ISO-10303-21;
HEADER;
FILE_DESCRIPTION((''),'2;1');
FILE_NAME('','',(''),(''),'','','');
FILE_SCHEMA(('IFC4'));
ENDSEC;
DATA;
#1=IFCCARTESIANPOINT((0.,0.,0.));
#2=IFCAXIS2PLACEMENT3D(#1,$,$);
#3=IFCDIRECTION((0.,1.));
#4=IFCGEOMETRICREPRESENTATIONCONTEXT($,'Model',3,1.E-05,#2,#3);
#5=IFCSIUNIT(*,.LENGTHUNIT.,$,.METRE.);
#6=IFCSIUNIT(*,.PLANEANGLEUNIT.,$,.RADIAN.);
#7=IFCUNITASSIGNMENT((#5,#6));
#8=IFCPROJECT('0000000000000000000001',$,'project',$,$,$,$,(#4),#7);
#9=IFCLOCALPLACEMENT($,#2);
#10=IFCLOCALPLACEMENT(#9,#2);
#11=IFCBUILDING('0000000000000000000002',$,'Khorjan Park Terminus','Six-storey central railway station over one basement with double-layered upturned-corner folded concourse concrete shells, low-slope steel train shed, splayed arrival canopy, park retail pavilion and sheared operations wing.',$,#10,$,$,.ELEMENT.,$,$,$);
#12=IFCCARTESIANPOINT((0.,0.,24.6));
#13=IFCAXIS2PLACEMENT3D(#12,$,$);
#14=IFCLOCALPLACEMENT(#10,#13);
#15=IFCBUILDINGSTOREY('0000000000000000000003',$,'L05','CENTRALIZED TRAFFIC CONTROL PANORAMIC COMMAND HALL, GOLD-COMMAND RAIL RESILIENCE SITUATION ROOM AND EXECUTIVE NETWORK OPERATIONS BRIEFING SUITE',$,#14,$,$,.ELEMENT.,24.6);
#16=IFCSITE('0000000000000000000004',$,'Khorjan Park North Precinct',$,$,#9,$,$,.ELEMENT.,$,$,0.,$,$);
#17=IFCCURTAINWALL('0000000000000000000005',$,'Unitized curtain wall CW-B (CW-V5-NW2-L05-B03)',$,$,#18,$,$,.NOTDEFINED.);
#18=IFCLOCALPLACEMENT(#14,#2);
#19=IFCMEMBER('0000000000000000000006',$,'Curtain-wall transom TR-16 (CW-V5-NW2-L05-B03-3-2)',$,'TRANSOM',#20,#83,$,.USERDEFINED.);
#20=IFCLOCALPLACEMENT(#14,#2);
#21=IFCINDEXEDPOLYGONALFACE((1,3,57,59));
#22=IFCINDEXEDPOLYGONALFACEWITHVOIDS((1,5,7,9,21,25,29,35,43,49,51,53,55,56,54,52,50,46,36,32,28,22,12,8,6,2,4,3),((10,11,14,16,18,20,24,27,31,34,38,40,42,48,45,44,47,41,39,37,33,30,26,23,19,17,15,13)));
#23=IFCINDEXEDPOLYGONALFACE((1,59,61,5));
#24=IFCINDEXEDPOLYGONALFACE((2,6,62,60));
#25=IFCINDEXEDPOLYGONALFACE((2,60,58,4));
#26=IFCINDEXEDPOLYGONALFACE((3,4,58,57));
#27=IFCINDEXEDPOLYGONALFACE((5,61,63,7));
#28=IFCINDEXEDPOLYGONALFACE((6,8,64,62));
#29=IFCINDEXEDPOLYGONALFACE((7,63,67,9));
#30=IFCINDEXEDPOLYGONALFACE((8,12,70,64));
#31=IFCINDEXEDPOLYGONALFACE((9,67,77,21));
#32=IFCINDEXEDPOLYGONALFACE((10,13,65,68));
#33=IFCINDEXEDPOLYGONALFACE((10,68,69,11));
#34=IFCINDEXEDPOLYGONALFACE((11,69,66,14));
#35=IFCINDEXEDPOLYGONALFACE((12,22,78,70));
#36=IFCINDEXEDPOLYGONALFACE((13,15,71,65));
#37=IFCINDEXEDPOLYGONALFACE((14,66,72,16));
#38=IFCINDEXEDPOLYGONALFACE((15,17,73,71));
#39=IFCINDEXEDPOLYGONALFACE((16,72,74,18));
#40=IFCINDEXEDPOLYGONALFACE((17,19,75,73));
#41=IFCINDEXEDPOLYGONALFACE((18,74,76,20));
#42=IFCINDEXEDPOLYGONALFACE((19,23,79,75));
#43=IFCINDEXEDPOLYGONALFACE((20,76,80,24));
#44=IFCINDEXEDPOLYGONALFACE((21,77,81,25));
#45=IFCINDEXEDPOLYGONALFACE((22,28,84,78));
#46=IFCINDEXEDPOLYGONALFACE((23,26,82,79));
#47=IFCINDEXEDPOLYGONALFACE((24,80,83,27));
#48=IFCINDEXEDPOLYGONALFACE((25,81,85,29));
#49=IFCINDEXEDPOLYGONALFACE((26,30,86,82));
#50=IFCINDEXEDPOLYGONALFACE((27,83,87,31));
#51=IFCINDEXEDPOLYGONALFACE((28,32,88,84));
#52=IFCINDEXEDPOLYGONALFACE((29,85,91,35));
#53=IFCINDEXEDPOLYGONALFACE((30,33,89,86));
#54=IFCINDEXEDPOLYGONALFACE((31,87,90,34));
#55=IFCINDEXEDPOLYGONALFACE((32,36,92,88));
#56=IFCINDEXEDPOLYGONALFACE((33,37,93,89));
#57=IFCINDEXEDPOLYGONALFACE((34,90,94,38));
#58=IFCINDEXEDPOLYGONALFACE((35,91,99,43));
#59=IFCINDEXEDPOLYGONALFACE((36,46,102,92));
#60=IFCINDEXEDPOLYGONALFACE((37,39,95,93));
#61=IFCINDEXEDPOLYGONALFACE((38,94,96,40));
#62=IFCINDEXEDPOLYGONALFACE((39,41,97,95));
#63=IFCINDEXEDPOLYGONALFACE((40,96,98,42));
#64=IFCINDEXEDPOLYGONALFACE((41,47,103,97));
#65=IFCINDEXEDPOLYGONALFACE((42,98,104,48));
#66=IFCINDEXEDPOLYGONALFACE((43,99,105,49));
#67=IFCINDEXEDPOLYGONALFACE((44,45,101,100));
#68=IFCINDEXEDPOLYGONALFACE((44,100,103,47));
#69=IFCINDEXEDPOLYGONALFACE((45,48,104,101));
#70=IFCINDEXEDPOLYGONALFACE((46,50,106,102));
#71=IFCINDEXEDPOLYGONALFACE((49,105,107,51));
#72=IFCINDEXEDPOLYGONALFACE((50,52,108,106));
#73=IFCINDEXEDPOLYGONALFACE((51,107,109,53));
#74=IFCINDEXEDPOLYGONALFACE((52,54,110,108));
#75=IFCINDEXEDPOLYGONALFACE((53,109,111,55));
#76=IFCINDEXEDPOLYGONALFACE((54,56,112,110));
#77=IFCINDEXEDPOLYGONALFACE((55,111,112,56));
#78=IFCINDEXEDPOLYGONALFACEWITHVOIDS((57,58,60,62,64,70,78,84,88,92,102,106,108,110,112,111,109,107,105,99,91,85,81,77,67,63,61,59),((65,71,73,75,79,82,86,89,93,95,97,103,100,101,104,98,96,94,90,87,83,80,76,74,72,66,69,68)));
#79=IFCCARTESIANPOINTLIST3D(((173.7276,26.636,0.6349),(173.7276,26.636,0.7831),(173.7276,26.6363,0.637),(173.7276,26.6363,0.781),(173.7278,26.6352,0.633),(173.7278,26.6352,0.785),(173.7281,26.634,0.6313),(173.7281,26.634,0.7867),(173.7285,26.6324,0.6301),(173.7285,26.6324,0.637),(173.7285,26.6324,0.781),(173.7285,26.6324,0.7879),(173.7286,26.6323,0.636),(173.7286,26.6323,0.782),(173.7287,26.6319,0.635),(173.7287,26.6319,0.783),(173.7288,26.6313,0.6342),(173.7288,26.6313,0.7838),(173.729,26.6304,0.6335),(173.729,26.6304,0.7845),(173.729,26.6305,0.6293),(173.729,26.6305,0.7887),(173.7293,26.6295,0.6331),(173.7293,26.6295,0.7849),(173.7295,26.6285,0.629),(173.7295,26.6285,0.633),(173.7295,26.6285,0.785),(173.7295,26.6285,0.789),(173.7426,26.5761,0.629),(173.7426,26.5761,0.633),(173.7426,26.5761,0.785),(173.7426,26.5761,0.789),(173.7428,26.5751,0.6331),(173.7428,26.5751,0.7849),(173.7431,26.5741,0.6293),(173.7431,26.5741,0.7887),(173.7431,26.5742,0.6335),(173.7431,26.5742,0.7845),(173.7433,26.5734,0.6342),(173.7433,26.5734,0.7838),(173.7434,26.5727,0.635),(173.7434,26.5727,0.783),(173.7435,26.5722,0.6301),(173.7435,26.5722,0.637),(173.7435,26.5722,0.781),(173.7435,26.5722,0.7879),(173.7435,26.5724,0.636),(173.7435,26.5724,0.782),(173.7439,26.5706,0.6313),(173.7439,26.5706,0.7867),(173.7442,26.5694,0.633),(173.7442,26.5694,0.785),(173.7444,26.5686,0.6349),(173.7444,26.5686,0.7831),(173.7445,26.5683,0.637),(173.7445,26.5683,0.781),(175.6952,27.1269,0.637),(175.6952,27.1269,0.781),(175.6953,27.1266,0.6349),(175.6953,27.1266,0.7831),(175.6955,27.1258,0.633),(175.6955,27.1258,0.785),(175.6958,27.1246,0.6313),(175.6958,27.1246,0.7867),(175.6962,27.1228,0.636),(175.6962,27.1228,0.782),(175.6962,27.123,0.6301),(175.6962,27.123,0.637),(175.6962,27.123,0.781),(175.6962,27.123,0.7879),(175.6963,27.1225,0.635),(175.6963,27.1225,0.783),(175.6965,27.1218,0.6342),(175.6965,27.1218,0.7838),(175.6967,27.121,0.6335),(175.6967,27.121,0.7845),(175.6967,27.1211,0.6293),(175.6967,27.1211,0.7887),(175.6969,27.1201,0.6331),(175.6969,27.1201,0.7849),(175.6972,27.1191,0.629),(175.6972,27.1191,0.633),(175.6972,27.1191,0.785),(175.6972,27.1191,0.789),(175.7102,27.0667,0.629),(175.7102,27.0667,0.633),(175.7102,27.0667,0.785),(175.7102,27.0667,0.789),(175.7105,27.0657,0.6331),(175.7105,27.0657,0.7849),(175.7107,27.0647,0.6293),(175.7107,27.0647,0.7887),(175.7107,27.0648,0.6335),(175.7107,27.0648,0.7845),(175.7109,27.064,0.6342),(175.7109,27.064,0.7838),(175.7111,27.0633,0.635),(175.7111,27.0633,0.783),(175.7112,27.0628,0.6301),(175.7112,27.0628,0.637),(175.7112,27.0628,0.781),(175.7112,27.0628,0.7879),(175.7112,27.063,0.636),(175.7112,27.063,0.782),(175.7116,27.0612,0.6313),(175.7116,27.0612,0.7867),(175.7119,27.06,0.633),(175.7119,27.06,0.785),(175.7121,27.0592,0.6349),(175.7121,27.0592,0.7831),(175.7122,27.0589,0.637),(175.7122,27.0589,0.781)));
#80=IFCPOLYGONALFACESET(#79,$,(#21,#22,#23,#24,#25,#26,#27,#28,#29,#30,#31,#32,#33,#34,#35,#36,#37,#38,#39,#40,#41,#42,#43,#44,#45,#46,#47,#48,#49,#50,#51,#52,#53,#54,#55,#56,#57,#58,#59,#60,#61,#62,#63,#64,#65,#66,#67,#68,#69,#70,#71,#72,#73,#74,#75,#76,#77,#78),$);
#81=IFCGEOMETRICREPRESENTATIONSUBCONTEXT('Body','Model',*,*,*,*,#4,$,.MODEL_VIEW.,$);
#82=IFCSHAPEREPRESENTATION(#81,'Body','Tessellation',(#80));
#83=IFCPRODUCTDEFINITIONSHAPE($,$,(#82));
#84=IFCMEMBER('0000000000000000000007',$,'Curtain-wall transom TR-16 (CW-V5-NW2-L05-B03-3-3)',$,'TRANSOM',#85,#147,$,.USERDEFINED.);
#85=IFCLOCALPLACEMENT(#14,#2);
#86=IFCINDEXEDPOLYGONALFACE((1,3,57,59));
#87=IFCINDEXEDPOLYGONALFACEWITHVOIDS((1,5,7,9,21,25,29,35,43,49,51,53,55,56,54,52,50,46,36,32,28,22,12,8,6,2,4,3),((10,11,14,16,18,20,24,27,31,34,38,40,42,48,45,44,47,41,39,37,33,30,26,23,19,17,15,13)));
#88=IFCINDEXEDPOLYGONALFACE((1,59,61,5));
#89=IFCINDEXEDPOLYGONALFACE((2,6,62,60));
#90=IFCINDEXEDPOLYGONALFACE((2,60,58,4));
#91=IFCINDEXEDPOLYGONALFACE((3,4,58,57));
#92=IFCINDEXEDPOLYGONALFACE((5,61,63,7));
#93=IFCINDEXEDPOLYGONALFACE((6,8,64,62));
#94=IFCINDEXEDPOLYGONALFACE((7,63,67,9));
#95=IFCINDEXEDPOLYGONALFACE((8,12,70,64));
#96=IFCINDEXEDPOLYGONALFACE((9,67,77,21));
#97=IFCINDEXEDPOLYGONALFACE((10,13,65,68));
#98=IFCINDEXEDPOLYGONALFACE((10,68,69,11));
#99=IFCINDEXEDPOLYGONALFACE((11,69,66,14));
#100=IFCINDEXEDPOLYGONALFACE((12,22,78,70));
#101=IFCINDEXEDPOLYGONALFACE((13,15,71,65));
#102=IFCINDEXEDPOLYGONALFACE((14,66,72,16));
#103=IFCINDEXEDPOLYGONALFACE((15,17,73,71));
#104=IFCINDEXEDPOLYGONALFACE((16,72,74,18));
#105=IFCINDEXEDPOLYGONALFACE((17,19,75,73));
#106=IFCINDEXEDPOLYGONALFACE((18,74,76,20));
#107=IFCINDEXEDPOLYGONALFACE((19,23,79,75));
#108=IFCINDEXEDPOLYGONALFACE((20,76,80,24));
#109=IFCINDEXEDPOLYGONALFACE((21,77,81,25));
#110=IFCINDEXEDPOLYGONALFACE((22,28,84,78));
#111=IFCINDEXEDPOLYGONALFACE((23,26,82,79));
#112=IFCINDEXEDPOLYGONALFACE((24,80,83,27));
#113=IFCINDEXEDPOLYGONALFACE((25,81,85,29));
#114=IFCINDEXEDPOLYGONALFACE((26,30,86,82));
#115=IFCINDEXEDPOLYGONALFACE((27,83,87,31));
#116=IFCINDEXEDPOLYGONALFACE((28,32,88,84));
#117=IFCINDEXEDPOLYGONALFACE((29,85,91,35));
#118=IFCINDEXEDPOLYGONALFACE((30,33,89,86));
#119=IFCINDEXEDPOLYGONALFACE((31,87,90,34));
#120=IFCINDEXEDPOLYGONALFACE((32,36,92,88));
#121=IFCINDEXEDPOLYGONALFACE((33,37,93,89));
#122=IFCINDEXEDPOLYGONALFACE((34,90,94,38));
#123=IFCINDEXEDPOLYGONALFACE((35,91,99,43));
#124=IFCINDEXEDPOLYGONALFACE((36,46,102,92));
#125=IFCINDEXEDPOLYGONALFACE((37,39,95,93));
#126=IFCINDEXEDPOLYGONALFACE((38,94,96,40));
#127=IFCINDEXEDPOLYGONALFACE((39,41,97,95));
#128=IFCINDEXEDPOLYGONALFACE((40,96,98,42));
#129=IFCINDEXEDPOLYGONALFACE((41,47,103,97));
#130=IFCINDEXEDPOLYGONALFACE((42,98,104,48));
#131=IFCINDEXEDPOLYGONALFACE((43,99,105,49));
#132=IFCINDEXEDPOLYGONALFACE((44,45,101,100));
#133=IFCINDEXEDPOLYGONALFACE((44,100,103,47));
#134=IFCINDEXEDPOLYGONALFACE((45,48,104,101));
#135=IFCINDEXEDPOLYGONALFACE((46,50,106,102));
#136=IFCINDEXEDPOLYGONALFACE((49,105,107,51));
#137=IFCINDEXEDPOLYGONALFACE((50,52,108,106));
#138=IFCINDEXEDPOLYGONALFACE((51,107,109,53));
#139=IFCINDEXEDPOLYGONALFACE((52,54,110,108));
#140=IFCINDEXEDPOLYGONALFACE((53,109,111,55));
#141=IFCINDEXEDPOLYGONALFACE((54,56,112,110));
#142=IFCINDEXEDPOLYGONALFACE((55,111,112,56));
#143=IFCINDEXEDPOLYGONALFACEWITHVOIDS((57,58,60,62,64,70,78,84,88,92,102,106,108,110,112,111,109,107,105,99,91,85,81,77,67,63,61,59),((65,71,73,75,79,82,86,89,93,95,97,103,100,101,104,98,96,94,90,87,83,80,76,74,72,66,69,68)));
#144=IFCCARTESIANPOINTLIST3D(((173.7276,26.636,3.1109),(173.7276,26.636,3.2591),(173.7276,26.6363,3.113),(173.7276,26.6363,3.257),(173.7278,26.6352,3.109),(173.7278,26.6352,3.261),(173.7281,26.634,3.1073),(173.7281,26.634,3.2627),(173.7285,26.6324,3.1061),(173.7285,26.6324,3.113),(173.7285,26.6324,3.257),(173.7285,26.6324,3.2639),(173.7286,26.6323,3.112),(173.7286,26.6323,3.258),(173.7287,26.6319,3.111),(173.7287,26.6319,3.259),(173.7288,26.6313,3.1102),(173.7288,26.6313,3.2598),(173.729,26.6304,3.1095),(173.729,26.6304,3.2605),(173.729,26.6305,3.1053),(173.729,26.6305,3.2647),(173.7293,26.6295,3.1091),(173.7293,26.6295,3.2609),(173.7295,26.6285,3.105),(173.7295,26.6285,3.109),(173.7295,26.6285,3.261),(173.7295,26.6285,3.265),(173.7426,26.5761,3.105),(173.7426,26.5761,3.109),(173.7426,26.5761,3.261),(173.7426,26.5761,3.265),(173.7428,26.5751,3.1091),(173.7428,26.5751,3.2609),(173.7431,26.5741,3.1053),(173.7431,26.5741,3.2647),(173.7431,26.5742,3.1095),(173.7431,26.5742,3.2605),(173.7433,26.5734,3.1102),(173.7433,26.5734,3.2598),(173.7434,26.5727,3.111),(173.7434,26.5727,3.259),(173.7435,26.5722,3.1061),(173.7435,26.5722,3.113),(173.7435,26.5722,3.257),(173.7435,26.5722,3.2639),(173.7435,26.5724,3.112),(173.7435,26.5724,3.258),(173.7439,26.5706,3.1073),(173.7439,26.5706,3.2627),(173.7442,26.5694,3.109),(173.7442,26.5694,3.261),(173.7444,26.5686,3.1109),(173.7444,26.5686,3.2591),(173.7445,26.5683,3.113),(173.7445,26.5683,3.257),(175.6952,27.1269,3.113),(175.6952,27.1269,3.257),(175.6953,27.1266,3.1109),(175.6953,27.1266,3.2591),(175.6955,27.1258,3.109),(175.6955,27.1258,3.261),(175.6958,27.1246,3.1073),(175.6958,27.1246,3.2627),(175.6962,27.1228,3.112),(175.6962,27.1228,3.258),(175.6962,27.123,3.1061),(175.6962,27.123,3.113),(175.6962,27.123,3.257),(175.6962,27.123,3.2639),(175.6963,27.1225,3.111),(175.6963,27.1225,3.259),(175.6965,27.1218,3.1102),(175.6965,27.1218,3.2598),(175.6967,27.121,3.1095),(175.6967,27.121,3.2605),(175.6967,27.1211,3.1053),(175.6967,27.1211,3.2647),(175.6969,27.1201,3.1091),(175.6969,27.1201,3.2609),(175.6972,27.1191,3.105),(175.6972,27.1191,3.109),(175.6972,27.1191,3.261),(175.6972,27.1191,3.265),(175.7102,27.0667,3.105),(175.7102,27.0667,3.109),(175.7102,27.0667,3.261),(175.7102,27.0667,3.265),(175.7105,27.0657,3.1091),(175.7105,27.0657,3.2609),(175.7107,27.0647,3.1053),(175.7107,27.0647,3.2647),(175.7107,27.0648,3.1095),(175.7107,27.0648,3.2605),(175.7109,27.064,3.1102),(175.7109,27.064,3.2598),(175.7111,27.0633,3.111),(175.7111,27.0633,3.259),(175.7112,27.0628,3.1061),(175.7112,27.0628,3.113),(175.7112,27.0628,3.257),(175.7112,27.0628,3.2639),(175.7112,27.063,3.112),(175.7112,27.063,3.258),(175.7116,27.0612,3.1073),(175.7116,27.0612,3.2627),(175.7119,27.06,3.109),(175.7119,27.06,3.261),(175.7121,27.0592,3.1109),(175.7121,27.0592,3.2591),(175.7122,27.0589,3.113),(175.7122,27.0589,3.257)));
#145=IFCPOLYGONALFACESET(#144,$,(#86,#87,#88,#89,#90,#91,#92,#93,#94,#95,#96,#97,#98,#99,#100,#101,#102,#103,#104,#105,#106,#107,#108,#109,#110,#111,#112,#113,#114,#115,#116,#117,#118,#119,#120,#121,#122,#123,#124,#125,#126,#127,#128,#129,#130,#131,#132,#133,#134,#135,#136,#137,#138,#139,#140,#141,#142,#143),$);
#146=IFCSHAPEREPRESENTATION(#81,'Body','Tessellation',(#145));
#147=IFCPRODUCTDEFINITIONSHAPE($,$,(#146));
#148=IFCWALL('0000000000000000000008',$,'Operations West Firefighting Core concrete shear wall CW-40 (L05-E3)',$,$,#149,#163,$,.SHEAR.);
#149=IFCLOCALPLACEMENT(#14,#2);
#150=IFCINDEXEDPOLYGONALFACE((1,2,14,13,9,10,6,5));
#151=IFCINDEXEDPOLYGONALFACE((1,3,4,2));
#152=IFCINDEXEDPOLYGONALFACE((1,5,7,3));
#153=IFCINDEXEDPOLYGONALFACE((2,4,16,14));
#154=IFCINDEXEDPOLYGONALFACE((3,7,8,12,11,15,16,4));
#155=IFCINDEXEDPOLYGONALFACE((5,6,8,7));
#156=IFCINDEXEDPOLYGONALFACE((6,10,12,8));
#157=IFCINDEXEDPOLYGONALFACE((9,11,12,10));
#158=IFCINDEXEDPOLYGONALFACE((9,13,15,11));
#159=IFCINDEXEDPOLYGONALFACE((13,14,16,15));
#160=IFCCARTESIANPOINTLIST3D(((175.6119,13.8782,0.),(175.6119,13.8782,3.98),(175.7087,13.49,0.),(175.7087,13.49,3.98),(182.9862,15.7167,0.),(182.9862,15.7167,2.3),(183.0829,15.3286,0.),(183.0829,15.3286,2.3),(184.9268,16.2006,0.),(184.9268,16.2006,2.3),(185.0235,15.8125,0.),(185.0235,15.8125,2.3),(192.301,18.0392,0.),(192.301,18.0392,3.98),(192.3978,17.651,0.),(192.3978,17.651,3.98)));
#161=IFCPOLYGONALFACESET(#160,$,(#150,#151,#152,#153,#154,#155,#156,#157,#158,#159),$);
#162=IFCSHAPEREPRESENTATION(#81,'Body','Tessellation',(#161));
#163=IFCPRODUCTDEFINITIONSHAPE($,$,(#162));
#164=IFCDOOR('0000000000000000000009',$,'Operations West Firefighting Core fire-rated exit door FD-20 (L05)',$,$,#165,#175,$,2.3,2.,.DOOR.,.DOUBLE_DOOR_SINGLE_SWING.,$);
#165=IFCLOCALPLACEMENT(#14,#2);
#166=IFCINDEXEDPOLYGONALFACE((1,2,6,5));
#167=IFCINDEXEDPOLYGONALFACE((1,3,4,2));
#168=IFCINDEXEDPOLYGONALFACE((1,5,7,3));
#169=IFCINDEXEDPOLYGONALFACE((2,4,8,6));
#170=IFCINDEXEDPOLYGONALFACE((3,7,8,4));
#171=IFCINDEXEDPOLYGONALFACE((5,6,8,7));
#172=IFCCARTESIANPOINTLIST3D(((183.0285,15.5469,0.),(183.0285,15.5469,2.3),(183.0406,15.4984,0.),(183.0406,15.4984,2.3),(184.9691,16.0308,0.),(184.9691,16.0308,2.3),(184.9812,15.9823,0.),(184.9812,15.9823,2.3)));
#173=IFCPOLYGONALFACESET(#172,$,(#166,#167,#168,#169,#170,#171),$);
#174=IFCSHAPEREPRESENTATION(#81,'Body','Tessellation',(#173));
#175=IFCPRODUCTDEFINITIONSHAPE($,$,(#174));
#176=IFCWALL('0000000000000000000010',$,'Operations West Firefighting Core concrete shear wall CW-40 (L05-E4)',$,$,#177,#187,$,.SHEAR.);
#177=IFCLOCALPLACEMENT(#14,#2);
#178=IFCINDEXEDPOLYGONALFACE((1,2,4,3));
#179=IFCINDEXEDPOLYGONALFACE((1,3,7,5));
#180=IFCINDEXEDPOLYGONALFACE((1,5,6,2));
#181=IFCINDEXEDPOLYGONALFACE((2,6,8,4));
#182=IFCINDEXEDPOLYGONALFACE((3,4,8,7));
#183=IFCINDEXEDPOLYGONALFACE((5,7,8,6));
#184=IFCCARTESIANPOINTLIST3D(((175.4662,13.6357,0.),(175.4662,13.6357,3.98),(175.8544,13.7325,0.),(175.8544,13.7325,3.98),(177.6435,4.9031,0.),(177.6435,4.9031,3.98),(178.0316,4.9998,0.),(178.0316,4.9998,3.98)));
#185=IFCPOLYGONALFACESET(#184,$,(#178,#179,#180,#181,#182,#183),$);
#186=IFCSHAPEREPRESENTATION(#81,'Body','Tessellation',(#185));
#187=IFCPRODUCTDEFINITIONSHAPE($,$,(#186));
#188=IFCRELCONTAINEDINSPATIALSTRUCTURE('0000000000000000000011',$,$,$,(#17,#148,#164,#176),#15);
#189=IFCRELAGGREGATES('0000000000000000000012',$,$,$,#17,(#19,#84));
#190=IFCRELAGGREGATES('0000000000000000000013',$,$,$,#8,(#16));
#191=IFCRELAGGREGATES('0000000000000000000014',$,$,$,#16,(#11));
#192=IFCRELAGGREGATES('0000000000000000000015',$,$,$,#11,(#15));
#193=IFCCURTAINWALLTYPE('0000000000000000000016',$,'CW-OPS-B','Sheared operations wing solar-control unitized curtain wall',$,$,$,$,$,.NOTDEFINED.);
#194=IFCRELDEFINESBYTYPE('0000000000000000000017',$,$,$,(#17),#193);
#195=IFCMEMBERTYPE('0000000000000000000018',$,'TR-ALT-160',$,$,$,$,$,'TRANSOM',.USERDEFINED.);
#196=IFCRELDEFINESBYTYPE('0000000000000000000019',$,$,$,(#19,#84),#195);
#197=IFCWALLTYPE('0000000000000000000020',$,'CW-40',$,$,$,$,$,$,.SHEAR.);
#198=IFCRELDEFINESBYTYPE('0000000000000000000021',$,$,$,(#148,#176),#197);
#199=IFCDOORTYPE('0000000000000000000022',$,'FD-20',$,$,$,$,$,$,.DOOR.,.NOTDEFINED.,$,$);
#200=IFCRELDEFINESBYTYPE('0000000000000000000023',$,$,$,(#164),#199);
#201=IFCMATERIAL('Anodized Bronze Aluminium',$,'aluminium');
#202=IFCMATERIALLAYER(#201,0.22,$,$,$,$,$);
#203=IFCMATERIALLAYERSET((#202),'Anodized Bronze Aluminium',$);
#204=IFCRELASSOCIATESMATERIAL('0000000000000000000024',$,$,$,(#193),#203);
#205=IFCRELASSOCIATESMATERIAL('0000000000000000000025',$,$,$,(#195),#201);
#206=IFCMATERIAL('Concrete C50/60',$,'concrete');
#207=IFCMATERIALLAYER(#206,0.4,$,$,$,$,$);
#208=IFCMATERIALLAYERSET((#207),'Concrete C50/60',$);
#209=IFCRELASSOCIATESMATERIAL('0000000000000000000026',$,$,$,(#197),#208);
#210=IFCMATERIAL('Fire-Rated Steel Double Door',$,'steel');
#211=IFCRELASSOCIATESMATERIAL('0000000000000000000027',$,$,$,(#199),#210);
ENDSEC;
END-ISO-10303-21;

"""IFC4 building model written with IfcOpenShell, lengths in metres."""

from ifc_helpers import new_model, si_unit, direction, frame, frame_2d, origin, origin_2d, place, context, subcontext, project, spatial, rectangle, hollow_rectangle, extrude, material, layer, layer_set, material_profile, profile_set, type_object, element, fill, aggregate, save


model = new_model("IFC4")

# Units and contexts
model_context = context("Model", 3, precision=1e-05, world=origin(), true_north=direction((0.0, 1.0)))
body_context = subcontext(model_context, "Body", "Model", "MODEL_VIEW")
ifc_project = project(units=[si_unit("LENGTHUNIT", "METRE"), si_unit("PLANEANGLEUNIT", "RADIAN")], contexts=[model_context])

# Site, building, storey
site_placement = place(None, origin())
site = spatial("IfcSite", under=ifc_project, at=site_placement, Name="Khorjan Park North Precinct", CompositionType="ELEMENT", RefElevation=0.0)
building_placement = place(site_placement, origin())
building = spatial("IfcBuilding", under=site, at=building_placement, Name="Khorjan Park Terminus", Description="Six-storey central railway station over one basement with double-layered upturned-corner folded concourse concrete shells, low-slope steel train shed, splayed arrival canopy, park retail pavilion and sheared operations wing.", CompositionType="ELEMENT")
storey_placement = place(building_placement, frame((0.0, 0.0, 24.6)))
storey = spatial("IfcBuildingStorey", under=building, at=storey_placement, Name="L05", Description="CENTRALIZED TRAFFIC CONTROL PANORAMIC COMMAND HALL, GOLD-COMMAND RAIL RESILIENCE SITUATION ROOM AND EXECUTIVE NETWORK OPERATIONS BRIEFING SUITE", CompositionType="ELEMENT", Elevation=24.6)

# Shared definitions
ifc_material_1 = material(Name="Concrete C50/60", Category="concrete")

# Curtain wall, members
ifc_material_2 = material(Name="Anodized Bronze Aluminium", Category="aluminium")
ifc_layer_1 = layer(ifc_material_2, 0.22)
ifc_layer_set_1 = layer_set([ifc_layer_1], Name="Anodized Bronze Aluminium")
curtain_wall_type = type_object("IfcCurtainWallType", Name="CW-OPS-B", Description="Sheared operations wing solar-control unitized curtain wall", PredefinedType="NOTDEFINED", material=ifc_layer_set_1)
curtain_wall_placement = place(storey_placement, origin())
curtain_wall = element("IfcCurtainWall", 1, at=curtain_wall_placement, inside=storey, type_object=curtain_wall_type, Name="Unitized curtain wall CW-B (CW-V5-NW2-L05-B03)", PredefinedType="NOTDEFINED")
ifc_material_profile_1 = material_profile(ifc_material_2, hollow_rectangle(XDim=0.07, YDim=0.16, WallThickness=0.004, InnerFilletRadius=0.004, OuterFilletRadius=0.008, at=origin_2d()), Name="ALT 70x160x4")
ifc_profile_set_1 = profile_set([ifc_material_profile_1], Name="Anodized Bronze Aluminium")
member_type_1 = type_object("IfcMemberType", Name="TR-ALT-160", ElementType="TRANSOM", PredefinedType="USERDEFINED", material=ifc_profile_set_1)
member_1_placement = place(storey_placement, frame((175.7037, 27.0929, 0.709), z_axis=(-0.970296, -0.241921, 0.0), x_axis=(0.241921, -0.970296, 0.0)))
member_1 = element("IfcMember", 2, at=member_1_placement, type_object=member_type_1, Name="Curtain-wall transom TR-16 (CW-V5-NW2-L05-B03-3-2)", ObjectType="TRANSOM", PredefinedType="USERDEFINED", context=body_context, shape_type="SweptSolid", body=[
    extrude(hollow_rectangle(XDim=0.07, YDim=0.16, WallThickness=0.004, InnerFilletRadius=0.004, OuterFilletRadius=0.008, at=origin_2d()), origin(), (0.0, 0.0, 1.0), 2.0279),
])
member_2_placement = place(storey_placement, frame((175.7037, 27.0929, 3.185), z_axis=(-0.970296, -0.241921, 0.0), x_axis=(0.241921, -0.970296, 0.0)))
member_2 = element("IfcMember", 3, at=member_2_placement, type_object=member_type_1, Name="Curtain-wall transom TR-16 (CW-V5-NW2-L05-B03-3-3)", ObjectType="TRANSOM", PredefinedType="USERDEFINED", context=body_context, shape_type="SweptSolid", body=[
    extrude(hollow_rectangle(XDim=0.07, YDim=0.16, WallThickness=0.004, InnerFilletRadius=0.004, OuterFilletRadius=0.008, at=origin_2d()), origin(), (0.0, 0.0, 1.0), 2.0279),
])
aggregate(curtain_wall, [member_1, member_2])

# Wall, opening, door
ifc_layer_2 = layer(ifc_material_1, 0.4)
ifc_layer_set_2 = layer_set([ifc_layer_2], Name="Concrete C50/60")
wall_type_1 = type_object("IfcWallType", Name="CW-40", PredefinedType="SHEAR", material=ifc_layer_set_2)
wall_1_placement = place(storey_placement, frame((192.3494, 17.8451, 0.0), z_axis=(0.0, 0.0, 1.0), x_axis=(-0.970297, -0.241919, 0.0)))
wall_1 = element("IfcWall", 4, at=wall_1_placement, inside=storey, type_object=wall_type_1, Name="Operations West Firefighting Core concrete shear wall CW-40 (L05-E3)", PredefinedType="SHEAR", context=body_context, shape_type="SweptSolid", body=[
    extrude(rectangle(XDim=17.2, YDim=0.4, at=frame_2d((8.6, 0.0))), origin(), (0.0, 0.0, 1.0), 3.98),
])
opening_1_placement = place(wall_1_placement, frame((7.6, 0.0, 0.0)))
opening_1 = element("IfcOpeningElement", 5, at=opening_1_placement, cuts=wall_1, PredefinedType="OPENING", context=body_context, shape_type="SweptSolid", body=[
    extrude(rectangle(XDim=2.0, YDim=2.3, at=frame_2d((1.0, 1.15))), frame((0.0, 0.21, 0.0), z_axis=(0.0, -1.0, 0.0), x_axis=(1.0, 0.0, 0.0)), (0.0, 0.0, 1.0), 0.42),
])
ifc_material_3 = material(Name="Fire-Rated Steel Double Door", Category="steel")
door_type_1 = type_object("IfcDoorType", Name="FD-20", OperationType="NOTDEFINED", PredefinedType="DOOR", material=ifc_material_3)
door_1_placement = place(opening_1_placement, origin())
door_1 = element("IfcDoor", 6, at=door_1_placement, inside=storey, type_object=door_type_1, Name="Operations West Firefighting Core fire-rated exit door FD-20 (L05)", OperationType="DOUBLE_DOOR_SINGLE_SWING", OverallHeight=2.3, OverallWidth=2.0, PredefinedType="DOOR", context=body_context, shape_type="SweptSolid", body=[
    extrude(rectangle(XDim=2.0, YDim=2.3, at=frame_2d((1.0, 1.15))), frame((0.0, 0.025, 0.0), z_axis=(0.0, -1.0, 0.0), x_axis=(1.0, 0.0, 0.0)), (0.0, 0.0, 1.0), 0.05),
])
fill(opening_1, door_1)

# Wall
wall_2_placement = place(storey_placement, frame((175.6603, 13.6841, 0.0), z_axis=(0.0, 0.0, 1.0), x_axis=(0.241921, -0.970296, 0.0)))
element("IfcWall", 7, at=wall_2_placement, inside=storey, type_object=wall_type_1, Name="Operations West Firefighting Core concrete shear wall CW-40 (L05-E4)", PredefinedType="SHEAR", context=body_context, shape_type="SweptSolid", body=[
    extrude(rectangle(XDim=9.0, YDim=0.4, at=frame_2d((4.5, 0.0))), origin(), (0.0, 0.0, 1.0), 3.98),
])

save(model, "model.ifc")
